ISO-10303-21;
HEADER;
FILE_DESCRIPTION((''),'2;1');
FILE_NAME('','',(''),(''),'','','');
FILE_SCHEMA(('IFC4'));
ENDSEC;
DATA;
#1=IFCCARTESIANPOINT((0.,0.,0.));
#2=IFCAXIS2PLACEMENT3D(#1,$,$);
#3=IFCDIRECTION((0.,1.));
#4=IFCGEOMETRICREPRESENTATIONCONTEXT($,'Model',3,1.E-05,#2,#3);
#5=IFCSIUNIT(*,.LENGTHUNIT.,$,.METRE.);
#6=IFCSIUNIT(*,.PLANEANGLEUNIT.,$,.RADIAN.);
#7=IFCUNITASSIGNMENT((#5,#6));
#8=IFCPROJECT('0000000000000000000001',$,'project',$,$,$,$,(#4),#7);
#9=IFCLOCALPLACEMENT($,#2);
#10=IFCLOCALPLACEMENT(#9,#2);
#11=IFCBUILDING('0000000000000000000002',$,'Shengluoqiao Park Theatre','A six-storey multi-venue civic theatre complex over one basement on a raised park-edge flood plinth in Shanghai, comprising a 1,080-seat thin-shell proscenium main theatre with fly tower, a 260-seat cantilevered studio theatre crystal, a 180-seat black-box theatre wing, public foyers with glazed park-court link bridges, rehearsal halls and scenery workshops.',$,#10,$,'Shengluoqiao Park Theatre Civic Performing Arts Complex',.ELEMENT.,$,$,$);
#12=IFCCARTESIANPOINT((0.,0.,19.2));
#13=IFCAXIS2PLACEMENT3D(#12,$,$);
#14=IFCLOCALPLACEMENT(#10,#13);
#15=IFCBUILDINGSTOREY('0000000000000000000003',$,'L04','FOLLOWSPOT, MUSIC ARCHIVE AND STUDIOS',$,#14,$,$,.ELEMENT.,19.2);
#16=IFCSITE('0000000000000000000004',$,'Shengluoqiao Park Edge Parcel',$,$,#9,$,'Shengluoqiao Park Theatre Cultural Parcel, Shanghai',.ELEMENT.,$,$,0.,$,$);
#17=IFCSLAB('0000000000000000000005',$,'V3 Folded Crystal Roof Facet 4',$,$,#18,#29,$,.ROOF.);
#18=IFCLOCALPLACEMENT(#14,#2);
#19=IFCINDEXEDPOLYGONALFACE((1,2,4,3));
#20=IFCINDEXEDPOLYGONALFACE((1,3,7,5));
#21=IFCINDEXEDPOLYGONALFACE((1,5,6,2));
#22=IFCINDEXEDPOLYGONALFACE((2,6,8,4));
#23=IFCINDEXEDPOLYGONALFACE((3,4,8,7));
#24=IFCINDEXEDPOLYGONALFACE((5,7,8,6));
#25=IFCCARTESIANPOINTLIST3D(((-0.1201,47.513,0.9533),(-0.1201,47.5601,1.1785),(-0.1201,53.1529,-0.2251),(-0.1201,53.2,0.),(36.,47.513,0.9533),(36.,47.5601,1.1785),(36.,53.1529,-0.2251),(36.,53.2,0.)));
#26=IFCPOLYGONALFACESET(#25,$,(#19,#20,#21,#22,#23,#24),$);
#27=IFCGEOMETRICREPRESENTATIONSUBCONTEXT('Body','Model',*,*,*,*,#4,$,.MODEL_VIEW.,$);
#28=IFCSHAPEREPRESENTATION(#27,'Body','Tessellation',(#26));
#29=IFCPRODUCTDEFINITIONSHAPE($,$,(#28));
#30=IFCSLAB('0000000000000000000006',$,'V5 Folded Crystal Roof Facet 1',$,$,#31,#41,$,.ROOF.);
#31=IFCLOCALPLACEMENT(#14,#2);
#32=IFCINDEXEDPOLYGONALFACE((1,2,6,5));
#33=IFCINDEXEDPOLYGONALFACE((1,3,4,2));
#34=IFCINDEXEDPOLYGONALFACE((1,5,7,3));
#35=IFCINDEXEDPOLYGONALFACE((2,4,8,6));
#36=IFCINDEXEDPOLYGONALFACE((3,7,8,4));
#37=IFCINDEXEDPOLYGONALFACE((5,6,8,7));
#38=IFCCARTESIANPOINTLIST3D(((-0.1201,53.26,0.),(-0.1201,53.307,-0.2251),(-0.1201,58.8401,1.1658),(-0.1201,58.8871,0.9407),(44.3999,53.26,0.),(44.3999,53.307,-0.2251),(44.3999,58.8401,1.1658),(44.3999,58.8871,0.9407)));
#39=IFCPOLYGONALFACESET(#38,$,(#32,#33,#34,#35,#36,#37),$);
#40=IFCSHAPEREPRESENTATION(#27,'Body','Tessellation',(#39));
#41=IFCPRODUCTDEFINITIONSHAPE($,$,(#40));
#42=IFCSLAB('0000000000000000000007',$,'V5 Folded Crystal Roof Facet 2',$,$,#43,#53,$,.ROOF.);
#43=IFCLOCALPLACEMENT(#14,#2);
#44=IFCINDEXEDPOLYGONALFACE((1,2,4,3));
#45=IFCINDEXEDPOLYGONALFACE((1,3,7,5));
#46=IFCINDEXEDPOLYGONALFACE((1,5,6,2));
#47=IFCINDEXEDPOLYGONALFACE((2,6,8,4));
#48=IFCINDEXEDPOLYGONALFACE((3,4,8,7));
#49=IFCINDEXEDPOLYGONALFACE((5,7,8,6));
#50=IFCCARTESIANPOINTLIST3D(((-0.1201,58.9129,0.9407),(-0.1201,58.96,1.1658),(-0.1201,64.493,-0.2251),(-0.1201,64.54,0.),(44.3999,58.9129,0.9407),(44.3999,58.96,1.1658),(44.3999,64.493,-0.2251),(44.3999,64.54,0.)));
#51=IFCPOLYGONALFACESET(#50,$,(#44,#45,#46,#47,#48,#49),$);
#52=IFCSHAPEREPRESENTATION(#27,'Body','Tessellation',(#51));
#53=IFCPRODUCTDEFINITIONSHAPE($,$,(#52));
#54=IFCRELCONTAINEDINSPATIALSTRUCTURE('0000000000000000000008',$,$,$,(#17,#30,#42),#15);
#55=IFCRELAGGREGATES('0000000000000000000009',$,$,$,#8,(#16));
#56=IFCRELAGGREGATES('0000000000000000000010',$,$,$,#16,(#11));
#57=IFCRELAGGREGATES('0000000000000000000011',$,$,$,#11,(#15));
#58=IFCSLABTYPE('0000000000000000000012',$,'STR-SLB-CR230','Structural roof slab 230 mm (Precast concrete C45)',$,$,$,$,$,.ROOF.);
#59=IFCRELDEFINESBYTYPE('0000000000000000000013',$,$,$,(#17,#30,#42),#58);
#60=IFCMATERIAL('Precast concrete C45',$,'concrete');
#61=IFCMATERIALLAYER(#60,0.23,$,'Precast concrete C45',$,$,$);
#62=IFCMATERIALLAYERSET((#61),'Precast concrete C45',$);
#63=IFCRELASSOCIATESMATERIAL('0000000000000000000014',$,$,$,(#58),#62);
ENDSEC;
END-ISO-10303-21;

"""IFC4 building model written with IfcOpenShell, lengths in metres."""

from ifc_helpers import new_model, si_unit, direction, frame, origin, place, context, subcontext, project, spatial, polyline, outline, extrude, material, layer, layer_set, type_object, element, save


model = new_model("IFC4")

# Units and contexts
model_context = context("Model", 3, precision=1e-05, world=origin(), true_north=direction((0.0, 1.0)))
body_context = subcontext(model_context, "Body", "Model", "MODEL_VIEW")
ifc_project = project(units=[si_unit("LENGTHUNIT", "METRE"), si_unit("PLANEANGLEUNIT", "RADIAN")], contexts=[model_context])

# Site, building, storey
site_placement = place(None, origin())
site = spatial("IfcSite", under=ifc_project, at=site_placement, Name="Shengluoqiao Park Edge Parcel", LongName="Shengluoqiao Park Theatre Cultural Parcel, Shanghai", CompositionType="ELEMENT", RefElevation=0.0)
building_placement = place(site_placement, origin())
building = spatial("IfcBuilding", under=site, at=building_placement, Name="Shengluoqiao Park Theatre", Description="A six-storey multi-venue civic theatre complex over one basement on a raised park-edge flood plinth in Shanghai, comprising a 1,080-seat thin-shell proscenium main theatre with fly tower, a 260-seat cantilevered studio theatre crystal, a 180-seat black-box theatre wing, public foyers with glazed park-court link bridges, rehearsal halls and scenery workshops.", LongName="Shengluoqiao Park Theatre Civic Performing Arts Complex", CompositionType="ELEMENT")
storey_placement = place(building_placement, frame((0.0, 0.0, 19.2)))
storey = spatial("IfcBuildingStorey", under=building, at=storey_placement, Name="L04", Description="FOLLOWSPOT, MUSIC ARCHIVE AND STUDIOS", CompositionType="ELEMENT", Elevation=19.2)

# Slabs
ifc_material_1 = material(Name="Precast concrete C45", Category="concrete")
ifc_layer = layer(ifc_material_1, 0.23, Name="Precast concrete C45")
ifc_layer_set = layer_set([ifc_layer], Name="Precast concrete C45")
slab_type = type_object("IfcSlabType", Name="STR-SLB-CR230", Description="Structural roof slab 230 mm (Precast concrete C45)", PredefinedType="ROOF", material=ifc_layer_set)
slab_1_placement = place(storey_placement, frame((-0.1201, 47.5601, 1.1785), z_axis=(0.0, 0.204535, 0.978859), x_axis=(1.0, 0.0, 0.0)))
element("IfcSlab", 1, at=slab_1_placement, inside=storey, type_object=slab_type, Name="V3 Folded Crystal Roof Facet 4", PredefinedType="ROOF", context=body_context, shape_type="SweptSolid", body=[
    extrude(outline(polyline([(0.0, 0.0), (36.1201, 0.0), (36.1201, 5.7617), (0.0, 5.7617), (0.0, 0.0)])), origin(), (0.0, 0.0, -1.0), 0.23),
])
for number, where, z_axis, x_axis, name in (
    (2, (-0.1201, 53.26, 0.0), (0.0, -0.204502, 0.978866), (1.0, 0.0, 0.0), "V5 Folded Crystal Roof Facet 1"),
    (3, (-0.1201, 58.96, 1.1658), (0.0, 0.204502, 0.978866), (1.0, 0.0, 0.0), "V5 Folded Crystal Roof Facet 2"),
):
    element("IfcSlab", number, at=place(storey_placement, frame(where, z_axis=z_axis, x_axis=x_axis)), inside=storey, type_object=slab_type, Name=name, PredefinedType="ROOF", context=body_context, shape_type="SweptSolid", body=[
        extrude(outline(polyline([(0.0, 0.0), (44.52, 0.0), (44.52, 5.7006), (0.0, 5.7006), (0.0, 0.0)])), origin(), (0.0, 0.0, -1.0), 0.23),
    ])

save(model, "model.ifc")
